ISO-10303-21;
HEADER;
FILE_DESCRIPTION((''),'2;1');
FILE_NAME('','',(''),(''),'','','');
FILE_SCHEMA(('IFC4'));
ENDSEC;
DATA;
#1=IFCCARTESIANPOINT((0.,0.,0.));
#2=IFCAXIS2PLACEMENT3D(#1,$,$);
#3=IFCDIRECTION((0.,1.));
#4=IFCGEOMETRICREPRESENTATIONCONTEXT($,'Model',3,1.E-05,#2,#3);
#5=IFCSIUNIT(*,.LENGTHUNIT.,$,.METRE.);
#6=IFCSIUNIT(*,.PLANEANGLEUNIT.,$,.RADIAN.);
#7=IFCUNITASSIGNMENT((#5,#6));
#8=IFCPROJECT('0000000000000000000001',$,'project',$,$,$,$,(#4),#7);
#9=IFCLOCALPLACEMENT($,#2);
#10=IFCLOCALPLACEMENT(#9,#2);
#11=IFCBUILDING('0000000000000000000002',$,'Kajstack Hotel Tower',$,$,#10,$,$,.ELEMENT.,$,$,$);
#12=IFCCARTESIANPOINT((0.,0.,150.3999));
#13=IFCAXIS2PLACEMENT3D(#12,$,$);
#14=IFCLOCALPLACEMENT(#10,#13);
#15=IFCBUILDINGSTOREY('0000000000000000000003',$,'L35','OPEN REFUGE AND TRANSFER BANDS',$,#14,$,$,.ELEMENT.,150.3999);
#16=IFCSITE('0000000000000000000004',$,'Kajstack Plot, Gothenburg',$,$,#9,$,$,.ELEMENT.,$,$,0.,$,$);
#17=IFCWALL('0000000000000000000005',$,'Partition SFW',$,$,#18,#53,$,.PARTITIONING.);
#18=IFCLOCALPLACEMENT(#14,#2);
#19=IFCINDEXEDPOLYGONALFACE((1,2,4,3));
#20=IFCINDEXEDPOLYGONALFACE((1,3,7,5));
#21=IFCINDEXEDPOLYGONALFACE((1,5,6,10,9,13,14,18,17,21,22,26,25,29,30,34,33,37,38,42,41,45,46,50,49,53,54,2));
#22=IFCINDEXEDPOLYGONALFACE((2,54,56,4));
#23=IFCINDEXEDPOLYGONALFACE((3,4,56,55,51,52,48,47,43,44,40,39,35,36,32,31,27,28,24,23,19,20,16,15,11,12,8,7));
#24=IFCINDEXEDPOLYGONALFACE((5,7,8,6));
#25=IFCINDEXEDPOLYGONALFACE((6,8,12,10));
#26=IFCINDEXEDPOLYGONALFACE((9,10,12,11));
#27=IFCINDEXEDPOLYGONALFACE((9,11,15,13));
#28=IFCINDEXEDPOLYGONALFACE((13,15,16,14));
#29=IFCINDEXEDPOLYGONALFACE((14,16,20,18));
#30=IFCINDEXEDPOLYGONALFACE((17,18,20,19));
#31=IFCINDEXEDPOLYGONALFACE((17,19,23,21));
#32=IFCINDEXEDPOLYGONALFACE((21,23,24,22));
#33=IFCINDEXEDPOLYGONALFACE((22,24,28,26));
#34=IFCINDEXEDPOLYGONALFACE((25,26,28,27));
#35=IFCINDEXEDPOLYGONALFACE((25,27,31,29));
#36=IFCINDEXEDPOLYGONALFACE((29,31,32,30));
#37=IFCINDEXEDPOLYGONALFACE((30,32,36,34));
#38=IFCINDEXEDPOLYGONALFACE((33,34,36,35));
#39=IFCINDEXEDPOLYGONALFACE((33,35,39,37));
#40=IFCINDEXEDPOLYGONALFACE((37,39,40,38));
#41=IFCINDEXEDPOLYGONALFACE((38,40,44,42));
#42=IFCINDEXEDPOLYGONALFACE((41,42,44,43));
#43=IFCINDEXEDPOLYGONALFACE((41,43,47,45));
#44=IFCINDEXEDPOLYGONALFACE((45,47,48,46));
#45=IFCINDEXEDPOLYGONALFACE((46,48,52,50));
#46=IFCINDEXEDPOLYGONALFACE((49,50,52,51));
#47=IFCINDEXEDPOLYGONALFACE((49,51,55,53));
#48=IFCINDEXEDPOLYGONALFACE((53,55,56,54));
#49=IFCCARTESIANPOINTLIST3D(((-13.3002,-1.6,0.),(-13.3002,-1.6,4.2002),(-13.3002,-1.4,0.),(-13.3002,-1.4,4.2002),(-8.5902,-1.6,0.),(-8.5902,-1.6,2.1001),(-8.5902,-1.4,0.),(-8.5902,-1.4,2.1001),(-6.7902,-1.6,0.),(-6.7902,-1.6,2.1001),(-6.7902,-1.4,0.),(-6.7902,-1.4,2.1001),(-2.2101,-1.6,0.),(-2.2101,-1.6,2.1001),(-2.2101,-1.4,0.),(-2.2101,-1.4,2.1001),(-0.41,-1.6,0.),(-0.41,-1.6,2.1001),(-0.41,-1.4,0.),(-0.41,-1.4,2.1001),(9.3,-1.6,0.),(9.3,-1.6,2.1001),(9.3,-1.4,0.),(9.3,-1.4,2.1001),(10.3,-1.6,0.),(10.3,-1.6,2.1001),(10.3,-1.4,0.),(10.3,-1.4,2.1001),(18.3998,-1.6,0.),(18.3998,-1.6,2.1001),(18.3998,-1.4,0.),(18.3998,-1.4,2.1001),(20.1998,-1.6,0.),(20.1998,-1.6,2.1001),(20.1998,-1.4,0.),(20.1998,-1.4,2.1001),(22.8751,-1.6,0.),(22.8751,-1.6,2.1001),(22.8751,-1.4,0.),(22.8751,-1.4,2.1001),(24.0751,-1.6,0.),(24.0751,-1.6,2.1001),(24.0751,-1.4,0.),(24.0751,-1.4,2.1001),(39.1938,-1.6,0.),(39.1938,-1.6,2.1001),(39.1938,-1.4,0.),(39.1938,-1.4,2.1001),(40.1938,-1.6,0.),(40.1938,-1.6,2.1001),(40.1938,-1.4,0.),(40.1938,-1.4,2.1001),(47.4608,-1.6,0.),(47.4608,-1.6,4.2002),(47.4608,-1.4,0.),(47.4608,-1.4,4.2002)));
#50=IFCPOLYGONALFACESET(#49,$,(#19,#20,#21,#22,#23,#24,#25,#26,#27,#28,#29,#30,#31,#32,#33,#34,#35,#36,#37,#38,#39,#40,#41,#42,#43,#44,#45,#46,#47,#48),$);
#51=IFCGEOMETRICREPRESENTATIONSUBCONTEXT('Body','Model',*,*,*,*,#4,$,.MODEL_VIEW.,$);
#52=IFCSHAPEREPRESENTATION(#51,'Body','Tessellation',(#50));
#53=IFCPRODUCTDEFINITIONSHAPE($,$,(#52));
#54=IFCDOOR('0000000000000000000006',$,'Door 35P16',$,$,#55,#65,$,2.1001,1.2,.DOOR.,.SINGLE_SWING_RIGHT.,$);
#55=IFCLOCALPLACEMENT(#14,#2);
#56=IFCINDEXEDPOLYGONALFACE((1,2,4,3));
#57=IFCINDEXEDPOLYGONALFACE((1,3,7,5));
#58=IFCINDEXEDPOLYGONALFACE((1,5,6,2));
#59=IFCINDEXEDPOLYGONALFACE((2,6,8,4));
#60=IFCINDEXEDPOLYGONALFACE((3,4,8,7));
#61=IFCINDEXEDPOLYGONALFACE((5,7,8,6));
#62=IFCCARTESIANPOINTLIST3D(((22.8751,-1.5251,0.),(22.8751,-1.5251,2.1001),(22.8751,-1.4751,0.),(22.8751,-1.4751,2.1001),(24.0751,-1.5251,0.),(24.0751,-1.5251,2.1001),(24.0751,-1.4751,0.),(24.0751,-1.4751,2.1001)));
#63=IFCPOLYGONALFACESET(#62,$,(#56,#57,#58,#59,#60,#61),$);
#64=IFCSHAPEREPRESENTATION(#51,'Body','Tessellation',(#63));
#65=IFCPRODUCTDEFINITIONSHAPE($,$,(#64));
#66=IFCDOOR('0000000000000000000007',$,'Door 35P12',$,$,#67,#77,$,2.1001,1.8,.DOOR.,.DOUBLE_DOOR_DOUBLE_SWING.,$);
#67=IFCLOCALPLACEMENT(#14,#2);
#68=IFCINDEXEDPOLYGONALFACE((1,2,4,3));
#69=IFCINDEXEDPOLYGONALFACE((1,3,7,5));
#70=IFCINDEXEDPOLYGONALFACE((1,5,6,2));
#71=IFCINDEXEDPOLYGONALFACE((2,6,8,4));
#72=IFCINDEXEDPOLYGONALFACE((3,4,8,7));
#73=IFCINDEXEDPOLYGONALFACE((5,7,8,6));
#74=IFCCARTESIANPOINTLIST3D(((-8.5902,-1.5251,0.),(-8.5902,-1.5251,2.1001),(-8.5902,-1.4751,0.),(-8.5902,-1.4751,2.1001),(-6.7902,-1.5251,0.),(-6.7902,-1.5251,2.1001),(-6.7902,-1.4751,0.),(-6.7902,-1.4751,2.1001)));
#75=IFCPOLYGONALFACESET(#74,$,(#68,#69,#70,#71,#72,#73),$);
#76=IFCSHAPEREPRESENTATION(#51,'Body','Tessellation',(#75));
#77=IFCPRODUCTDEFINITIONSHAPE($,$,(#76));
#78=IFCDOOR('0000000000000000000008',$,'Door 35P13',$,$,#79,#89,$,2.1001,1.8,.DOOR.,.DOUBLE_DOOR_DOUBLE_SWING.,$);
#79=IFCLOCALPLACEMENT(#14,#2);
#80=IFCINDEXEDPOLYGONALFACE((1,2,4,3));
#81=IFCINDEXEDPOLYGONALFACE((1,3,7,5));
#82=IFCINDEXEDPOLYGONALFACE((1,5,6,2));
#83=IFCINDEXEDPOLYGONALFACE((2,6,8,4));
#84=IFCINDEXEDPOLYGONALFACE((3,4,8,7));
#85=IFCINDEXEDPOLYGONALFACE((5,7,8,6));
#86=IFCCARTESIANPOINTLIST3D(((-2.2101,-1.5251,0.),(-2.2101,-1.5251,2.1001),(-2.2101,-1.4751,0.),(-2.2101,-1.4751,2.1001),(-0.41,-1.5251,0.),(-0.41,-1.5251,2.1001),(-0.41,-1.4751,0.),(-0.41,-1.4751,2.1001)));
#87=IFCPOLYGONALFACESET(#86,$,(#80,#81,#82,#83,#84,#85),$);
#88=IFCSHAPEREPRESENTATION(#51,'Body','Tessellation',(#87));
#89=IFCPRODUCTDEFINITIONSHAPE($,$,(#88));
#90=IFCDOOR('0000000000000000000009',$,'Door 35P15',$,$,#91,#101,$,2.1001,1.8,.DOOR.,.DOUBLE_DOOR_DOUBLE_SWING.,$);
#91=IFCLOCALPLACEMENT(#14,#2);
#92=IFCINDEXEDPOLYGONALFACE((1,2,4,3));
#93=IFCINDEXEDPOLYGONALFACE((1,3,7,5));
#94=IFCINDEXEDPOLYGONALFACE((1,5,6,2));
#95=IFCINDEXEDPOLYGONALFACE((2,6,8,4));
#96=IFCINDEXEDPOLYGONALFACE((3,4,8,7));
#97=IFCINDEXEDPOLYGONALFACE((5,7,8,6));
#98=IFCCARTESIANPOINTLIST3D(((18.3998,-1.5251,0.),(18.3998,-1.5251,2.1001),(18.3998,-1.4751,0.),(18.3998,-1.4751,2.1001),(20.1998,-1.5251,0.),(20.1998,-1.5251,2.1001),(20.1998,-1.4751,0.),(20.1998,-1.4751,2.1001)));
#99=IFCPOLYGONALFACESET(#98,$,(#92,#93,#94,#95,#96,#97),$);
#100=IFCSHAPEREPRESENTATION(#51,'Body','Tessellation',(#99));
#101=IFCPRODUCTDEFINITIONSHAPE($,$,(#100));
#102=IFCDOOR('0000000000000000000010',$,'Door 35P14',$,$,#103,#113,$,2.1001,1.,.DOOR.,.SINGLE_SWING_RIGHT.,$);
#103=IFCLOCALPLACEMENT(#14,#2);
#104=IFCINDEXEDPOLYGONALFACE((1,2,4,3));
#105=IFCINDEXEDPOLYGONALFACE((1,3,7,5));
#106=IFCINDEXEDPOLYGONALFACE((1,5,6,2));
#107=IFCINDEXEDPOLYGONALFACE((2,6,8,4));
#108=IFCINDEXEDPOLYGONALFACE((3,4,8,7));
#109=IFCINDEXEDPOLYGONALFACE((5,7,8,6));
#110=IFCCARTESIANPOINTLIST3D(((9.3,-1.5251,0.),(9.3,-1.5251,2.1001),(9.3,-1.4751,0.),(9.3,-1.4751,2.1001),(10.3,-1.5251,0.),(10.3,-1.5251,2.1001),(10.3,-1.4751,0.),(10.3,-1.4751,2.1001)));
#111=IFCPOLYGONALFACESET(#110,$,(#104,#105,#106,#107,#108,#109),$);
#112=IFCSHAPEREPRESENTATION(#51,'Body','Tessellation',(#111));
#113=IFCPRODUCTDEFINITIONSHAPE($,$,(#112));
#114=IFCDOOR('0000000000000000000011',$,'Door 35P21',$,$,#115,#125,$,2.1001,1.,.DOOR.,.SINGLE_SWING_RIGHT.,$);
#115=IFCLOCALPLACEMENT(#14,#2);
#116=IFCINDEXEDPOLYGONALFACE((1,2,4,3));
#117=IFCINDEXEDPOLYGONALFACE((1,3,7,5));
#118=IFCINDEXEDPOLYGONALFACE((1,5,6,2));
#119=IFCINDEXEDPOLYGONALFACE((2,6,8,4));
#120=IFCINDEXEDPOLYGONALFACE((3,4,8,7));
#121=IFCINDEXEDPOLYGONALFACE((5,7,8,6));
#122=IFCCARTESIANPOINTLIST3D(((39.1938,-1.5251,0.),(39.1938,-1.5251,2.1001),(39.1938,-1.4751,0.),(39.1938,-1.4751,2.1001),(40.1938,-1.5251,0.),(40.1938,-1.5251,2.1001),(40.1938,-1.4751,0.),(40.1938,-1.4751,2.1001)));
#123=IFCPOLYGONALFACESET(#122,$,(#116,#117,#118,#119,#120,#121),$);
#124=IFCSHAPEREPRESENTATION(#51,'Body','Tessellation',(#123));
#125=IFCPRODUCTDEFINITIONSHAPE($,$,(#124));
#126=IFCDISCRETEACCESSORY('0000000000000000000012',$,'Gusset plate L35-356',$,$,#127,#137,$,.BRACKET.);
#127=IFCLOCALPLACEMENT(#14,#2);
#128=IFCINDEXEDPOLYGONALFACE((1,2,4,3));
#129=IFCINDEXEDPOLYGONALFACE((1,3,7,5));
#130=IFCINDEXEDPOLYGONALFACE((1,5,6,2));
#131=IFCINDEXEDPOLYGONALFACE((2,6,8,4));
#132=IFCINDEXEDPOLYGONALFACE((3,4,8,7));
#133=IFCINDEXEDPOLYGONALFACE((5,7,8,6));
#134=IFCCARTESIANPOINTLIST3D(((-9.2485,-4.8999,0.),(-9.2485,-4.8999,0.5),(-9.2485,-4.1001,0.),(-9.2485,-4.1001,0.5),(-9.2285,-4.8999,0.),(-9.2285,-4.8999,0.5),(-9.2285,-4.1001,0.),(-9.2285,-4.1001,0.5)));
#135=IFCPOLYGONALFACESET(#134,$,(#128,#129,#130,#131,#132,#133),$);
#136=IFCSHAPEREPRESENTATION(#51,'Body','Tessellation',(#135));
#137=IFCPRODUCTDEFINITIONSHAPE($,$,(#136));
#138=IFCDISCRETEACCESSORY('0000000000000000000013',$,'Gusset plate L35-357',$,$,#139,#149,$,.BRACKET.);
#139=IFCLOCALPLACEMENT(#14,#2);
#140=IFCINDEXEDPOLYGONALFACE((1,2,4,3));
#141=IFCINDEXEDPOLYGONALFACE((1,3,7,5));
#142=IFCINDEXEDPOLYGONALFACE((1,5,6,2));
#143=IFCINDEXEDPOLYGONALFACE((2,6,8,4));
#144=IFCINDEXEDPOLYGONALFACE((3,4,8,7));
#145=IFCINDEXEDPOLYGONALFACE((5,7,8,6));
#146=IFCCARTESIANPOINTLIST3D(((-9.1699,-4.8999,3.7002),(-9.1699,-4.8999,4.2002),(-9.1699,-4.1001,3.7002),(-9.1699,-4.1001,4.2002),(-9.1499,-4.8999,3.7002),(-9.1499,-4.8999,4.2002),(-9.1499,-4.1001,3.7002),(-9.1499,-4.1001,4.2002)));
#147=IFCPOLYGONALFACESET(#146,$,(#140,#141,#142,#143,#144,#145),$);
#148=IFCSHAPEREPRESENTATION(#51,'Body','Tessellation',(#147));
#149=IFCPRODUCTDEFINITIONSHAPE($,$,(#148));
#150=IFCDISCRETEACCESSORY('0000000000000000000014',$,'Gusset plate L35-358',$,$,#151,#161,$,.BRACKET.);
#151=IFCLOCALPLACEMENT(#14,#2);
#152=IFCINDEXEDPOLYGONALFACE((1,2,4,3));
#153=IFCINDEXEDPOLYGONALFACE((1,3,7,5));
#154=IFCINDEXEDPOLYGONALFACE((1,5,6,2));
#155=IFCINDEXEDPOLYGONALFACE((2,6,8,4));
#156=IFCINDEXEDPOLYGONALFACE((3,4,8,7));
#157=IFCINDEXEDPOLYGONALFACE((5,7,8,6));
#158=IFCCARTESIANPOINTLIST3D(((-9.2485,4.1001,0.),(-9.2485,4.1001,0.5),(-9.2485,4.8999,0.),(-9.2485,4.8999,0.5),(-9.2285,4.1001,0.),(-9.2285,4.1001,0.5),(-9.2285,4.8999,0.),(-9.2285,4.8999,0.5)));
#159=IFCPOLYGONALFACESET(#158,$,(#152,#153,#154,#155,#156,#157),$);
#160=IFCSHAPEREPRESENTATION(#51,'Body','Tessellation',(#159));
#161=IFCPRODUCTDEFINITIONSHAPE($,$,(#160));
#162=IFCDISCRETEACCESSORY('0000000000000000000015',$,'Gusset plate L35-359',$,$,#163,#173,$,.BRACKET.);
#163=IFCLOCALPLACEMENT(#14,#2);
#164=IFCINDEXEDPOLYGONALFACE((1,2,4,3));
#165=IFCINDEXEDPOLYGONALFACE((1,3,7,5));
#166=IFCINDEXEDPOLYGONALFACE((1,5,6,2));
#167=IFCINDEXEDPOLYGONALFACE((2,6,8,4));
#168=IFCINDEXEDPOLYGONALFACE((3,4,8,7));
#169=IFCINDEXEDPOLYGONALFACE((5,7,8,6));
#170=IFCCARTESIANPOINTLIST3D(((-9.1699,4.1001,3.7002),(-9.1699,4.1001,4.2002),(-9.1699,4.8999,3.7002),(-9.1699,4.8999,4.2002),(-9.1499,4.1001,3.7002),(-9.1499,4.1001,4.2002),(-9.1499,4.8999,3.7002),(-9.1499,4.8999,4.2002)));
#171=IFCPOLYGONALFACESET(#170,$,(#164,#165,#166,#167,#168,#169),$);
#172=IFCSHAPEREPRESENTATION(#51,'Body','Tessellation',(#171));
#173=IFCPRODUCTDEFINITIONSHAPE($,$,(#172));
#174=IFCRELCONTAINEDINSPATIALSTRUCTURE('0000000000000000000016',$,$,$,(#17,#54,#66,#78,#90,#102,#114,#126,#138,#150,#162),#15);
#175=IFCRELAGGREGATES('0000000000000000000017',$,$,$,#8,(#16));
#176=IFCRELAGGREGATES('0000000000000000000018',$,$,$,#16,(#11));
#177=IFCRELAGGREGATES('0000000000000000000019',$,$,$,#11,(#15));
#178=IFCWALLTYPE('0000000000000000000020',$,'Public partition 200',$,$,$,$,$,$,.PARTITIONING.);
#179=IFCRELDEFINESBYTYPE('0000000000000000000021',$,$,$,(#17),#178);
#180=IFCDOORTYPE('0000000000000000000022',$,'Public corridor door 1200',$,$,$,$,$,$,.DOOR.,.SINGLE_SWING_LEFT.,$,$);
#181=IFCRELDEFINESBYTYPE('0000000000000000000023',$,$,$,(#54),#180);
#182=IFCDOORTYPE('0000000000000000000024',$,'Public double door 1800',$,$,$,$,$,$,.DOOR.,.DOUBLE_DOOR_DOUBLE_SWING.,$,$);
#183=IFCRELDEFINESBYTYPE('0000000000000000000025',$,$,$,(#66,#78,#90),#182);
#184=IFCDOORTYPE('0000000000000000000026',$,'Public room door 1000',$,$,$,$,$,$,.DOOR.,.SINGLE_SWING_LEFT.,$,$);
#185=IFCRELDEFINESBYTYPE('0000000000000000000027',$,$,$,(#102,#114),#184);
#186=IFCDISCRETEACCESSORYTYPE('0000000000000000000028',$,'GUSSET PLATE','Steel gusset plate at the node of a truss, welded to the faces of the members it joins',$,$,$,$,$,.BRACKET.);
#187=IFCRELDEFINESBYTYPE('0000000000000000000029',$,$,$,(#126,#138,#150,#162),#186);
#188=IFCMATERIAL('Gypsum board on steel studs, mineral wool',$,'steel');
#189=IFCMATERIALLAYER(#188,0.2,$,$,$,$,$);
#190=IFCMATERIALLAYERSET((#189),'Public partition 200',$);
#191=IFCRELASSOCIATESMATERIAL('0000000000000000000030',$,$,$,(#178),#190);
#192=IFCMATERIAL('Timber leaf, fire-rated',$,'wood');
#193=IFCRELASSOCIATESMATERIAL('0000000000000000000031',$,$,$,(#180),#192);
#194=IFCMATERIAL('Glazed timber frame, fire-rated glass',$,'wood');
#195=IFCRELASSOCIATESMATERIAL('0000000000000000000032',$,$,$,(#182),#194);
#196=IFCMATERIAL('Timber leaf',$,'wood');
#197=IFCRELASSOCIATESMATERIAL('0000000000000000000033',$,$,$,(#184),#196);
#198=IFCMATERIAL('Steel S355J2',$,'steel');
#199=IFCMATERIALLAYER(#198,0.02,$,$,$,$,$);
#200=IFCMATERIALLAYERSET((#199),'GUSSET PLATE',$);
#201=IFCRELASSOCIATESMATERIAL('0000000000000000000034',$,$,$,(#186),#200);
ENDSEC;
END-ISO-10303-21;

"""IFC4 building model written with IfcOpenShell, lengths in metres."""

from ifc_helpers import new_model, si_unit, direction, frame, frame_2d, origin, place, context, subcontext, project, spatial, polyline, rectangle, outline, extrude, material, layer, layer_set, type_object, element, fill, save


model = new_model("IFC4")

# Units and contexts
model_context = context("Model", 3, precision=1e-05, world=origin(), true_north=direction((0.0, 1.0)))
body_context = subcontext(model_context, "Body", "Model", "MODEL_VIEW")
ifc_project = project(units=[si_unit("LENGTHUNIT", "METRE"), si_unit("PLANEANGLEUNIT", "RADIAN")], contexts=[model_context])

# Site, building, storey
site_placement = place(None, origin())
site = spatial("IfcSite", under=ifc_project, at=site_placement, Name="Kajstack Plot, Gothenburg", CompositionType="ELEMENT", RefElevation=0.0)
building_placement = place(site_placement, origin())
building = spatial("IfcBuilding", under=site, at=building_placement, Name="Kajstack Hotel Tower", CompositionType="ELEMENT")
storey_placement = place(building_placement, frame((0.0, 0.0, 150.3999)))
storey = spatial("IfcBuildingStorey", under=building, at=storey_placement, Name="L35", Description="OPEN REFUGE AND TRANSFER BANDS", CompositionType="ELEMENT", Elevation=150.3999)

# Shared definitions
ifc_material_1 = material(Name="Steel S355J2", Category="steel")

# Shared definitions
ifc_material_2 = material(Name="Gypsum board on steel studs, mineral wool", Category="steel")
ifc_layer_1 = layer(ifc_material_2, 0.2)
ifc_layer_set_1 = layer_set([ifc_layer_1], Name="Public partition 200")
wall_type = type_object("IfcWallType", Name="Public partition 200", PredefinedType="PARTITIONING", material=ifc_layer_set_1)

# Wall, openings, doors
ifc_material_3 = material(Name="Timber leaf", Category="wood")
wall_1_placement = place(storey_placement, frame((-13.3, -1.5, 0.0), z_axis=(0.0, 0.0, 1.0), x_axis=(1.0, 0.0, 0.0)))
wall_1 = element("IfcWall", 1, at=wall_1_placement, inside=storey, type_object=wall_type, Name="Partition SFW", PredefinedType="PARTITIONING", context=body_context, shape_type="SweptSolid", body=[
    extrude(rectangle(XDim=60.761, YDim=0.2, at=frame_2d((30.3804, 0.0))), origin(), (0.0, 0.0, 1.0), 4.2002),
])
opening_1_placement = place(wall_1_placement, frame((4.71, 0.0, 0.0)))
opening_1 = element("IfcOpeningElement", 2, at=opening_1_placement, cuts=wall_1, PredefinedType="OPENING", context=body_context, shape_type="SweptSolid", body=[
    extrude(rectangle(XDim=1.8, YDim=2.1001, at=frame_2d((0.8999, 1.05))), frame((0.0, 0.1099, 0.0), z_axis=(0.0, -1.0, 0.0), x_axis=(1.0, 0.0, 0.0)), (0.0, 0.0, 1.0), 0.22),
])
opening_2_placement = place(wall_1_placement, frame((11.0901, 0.0, 0.0)))
opening_2 = element("IfcOpeningElement", 3, at=opening_2_placement, cuts=wall_1, PredefinedType="OPENING", context=body_context, shape_type="SweptSolid", body=[
    extrude(rectangle(XDim=1.8, YDim=2.1001, at=frame_2d((0.8999, 1.05))), frame((0.0, 0.1099, 0.0), z_axis=(0.0, -1.0, 0.0), x_axis=(1.0, 0.0, 0.0)), (0.0, 0.0, 1.0), 0.22),
])
opening_3_placement = place(wall_1_placement, frame((22.6001, 0.0, 0.0)))
opening_3 = element("IfcOpeningElement", 4, at=opening_3_placement, cuts=wall_1, PredefinedType="OPENING", context=body_context, shape_type="SweptSolid", body=[
    extrude(rectangle(XDim=1.0, YDim=2.1001, at=frame_2d((0.5, 1.05))), frame((0.0, 0.1099, 0.0), z_axis=(0.0, -1.0, 0.0), x_axis=(1.0, 0.0, 0.0)), (0.0, 0.0, 1.0), 0.22),
])
opening_4_placement = place(wall_1_placement, frame((31.7, 0.0, 0.0)))
opening_4 = element("IfcOpeningElement", 5, at=opening_4_placement, cuts=wall_1, PredefinedType="OPENING", context=body_context, shape_type="SweptSolid", body=[
    extrude(rectangle(XDim=1.8, YDim=2.1001, at=frame_2d((0.8999, 1.05))), frame((0.0, 0.1099, 0.0), z_axis=(0.0, -1.0, 0.0), x_axis=(1.0, 0.0, 0.0)), (0.0, 0.0, 1.0), 0.22),
])
opening_5_placement = place(wall_1_placement, frame((36.175, 0.0, 0.0)))
opening_5 = element("IfcOpeningElement", 6, at=opening_5_placement, cuts=wall_1, PredefinedType="OPENING", context=body_context, shape_type="SweptSolid", body=[
    extrude(rectangle(XDim=1.2, YDim=2.1001, at=frame_2d((0.6001, 1.05))), frame((0.0, 0.1099, 0.0), z_axis=(0.0, -1.0, 0.0), x_axis=(1.0, 0.0, 0.0)), (0.0, 0.0, 1.0), 0.22),
])
opening_6_placement = place(wall_1_placement, frame((52.4939, 0.0, 0.0)))
opening_6 = element("IfcOpeningElement", 7, at=opening_6_placement, cuts=wall_1, PredefinedType="OPENING", context=body_context, shape_type="SweptSolid", body=[
    extrude(rectangle(XDim=1.0, YDim=2.1001, at=frame_2d((0.5, 1.05))), frame((0.0, 0.1099, 0.0), z_axis=(0.0, -1.0, 0.0), x_axis=(1.0, 0.0, 0.0)), (0.0, 0.0, 1.0), 0.22),
])
ifc_material_4 = material(Name="Timber leaf, fire-rated", Category="wood")
door_type_1 = type_object("IfcDoorType", Name="Public corridor door 1200", OperationType="SINGLE_SWING_LEFT", PredefinedType="DOOR", material=ifc_material_4)
door_1_placement = place(opening_5_placement, origin())
door_1 = element("IfcDoor", 8, at=door_1_placement, inside=storey, type_object=door_type_1, Name="Door 35P16", OperationType="SINGLE_SWING_RIGHT", OverallHeight=2.1001, OverallWidth=1.2, PredefinedType="DOOR", context=body_context, shape_type="SweptSolid", body=[
    extrude(rectangle(XDim=1.2, YDim=2.1001, at=frame_2d((0.6001, 1.05))), frame((0.0, 0.0249, 0.0), z_axis=(0.0, -1.0, 0.0), x_axis=(1.0, 0.0, 0.0)), (0.0, 0.0, 1.0), 0.05),
])
fill(opening_5, door_1)
ifc_material_5 = material(Name="Glazed timber frame, fire-rated glass", Category="wood")
door_type_2 = type_object("IfcDoorType", Name="Public double door 1800", OperationType="DOUBLE_DOOR_DOUBLE_SWING", PredefinedType="DOOR", material=ifc_material_5)
door_2_placement = place(opening_1_placement, origin())
door_2 = element("IfcDoor", 9, at=door_2_placement, inside=storey, type_object=door_type_2, Name="Door 35P12", OperationType="DOUBLE_DOOR_DOUBLE_SWING", OverallHeight=2.1001, OverallWidth=1.8, PredefinedType="DOOR", context=body_context, shape_type="SweptSolid", body=[
    extrude(rectangle(XDim=1.8, YDim=2.1001, at=frame_2d((0.8999, 1.05))), frame((0.0, 0.0249, 0.0), z_axis=(0.0, -1.0, 0.0), x_axis=(1.0, 0.0, 0.0)), (0.0, 0.0, 1.0), 0.05),
])
fill(opening_1, door_2)
door_3_placement = place(opening_2_placement, origin())
door_3 = element("IfcDoor", 10, at=door_3_placement, inside=storey, type_object=door_type_2, Name="Door 35P13", OperationType="DOUBLE_DOOR_DOUBLE_SWING", OverallHeight=2.1001, OverallWidth=1.8, PredefinedType="DOOR", context=body_context, shape_type="SweptSolid", body=[
    extrude(rectangle(XDim=1.8, YDim=2.1001, at=frame_2d((0.8999, 1.05))), frame((0.0, 0.0249, 0.0), z_axis=(0.0, -1.0, 0.0), x_axis=(1.0, 0.0, 0.0)), (0.0, 0.0, 1.0), 0.05),
])
fill(opening_2, door_3)
door_4_placement = place(opening_4_placement, origin())
door_4 = element("IfcDoor", 11, at=door_4_placement, inside=storey, type_object=door_type_2, Name="Door 35P15", OperationType="DOUBLE_DOOR_DOUBLE_SWING", OverallHeight=2.1001, OverallWidth=1.8, PredefinedType="DOOR", context=body_context, shape_type="SweptSolid", body=[
    extrude(rectangle(XDim=1.8, YDim=2.1001, at=frame_2d((0.8999, 1.05))), frame((0.0, 0.0249, 0.0), z_axis=(0.0, -1.0, 0.0), x_axis=(1.0, 0.0, 0.0)), (0.0, 0.0, 1.0), 0.05),
])
fill(opening_4, door_4)
door_type_3 = type_object("IfcDoorType", Name="Public room door 1000", OperationType="SINGLE_SWING_LEFT", PredefinedType="DOOR", material=ifc_material_3)
door_5_placement = place(opening_3_placement, origin())
door_5 = element("IfcDoor", 12, at=door_5_placement, inside=storey, type_object=door_type_3, Name="Door 35P14", OperationType="SINGLE_SWING_RIGHT", OverallHeight=2.1001, OverallWidth=1.0, PredefinedType="DOOR", context=body_context, shape_type="SweptSolid", body=[
    extrude(rectangle(XDim=1.0, YDim=2.1001, at=frame_2d((0.5, 1.05))), frame((0.0, 0.0249, 0.0), z_axis=(0.0, -1.0, 0.0), x_axis=(1.0, 0.0, 0.0)), (0.0, 0.0, 1.0), 0.05),
])
fill(opening_3, door_5)
door_6_placement = place(opening_6_placement, origin())
door_6 = element("IfcDoor", 13, at=door_6_placement, inside=storey, type_object=door_type_3, Name="Door 35P21", OperationType="SINGLE_SWING_RIGHT", OverallHeight=2.1001, OverallWidth=1.0, PredefinedType="DOOR", context=body_context, shape_type="SweptSolid", body=[
    extrude(rectangle(XDim=1.0, YDim=2.1001, at=frame_2d((0.5, 1.05))), frame((0.0, 0.0249, 0.0), z_axis=(0.0, -1.0, 0.0), x_axis=(1.0, 0.0, 0.0)), (0.0, 0.0, 1.0), 0.05),
])
fill(opening_6, door_6)

# Discrete accessories
ifc_layer_2 = layer(ifc_material_1, 0.02)
ifc_layer_set_2 = layer_set([ifc_layer_2], Name="GUSSET PLATE")
discrete_accessory_type = type_object("IfcDiscreteAccessoryType", Name="GUSSET PLATE", Description="Steel gusset plate at the node of a truss, welded to the faces of the members it joins", PredefinedType="BRACKET", material=ifc_layer_set_2)
for number, where, z_axis, x_axis, name in (
    (14, (-9.2485, -4.5, 0.0), (1.0, 0.0, 0.0), (0.0, 1.0, 0.0), "Gusset plate L35-356"),
    (15, (-9.1699, -4.5, 3.7002), (1.0, 0.0, 0.0), (0.0, 1.0, 0.0), "Gusset plate L35-357"),
    (16, (-9.2485, 4.5, 0.0), (1.0, 0.0, 0.0), (0.0, 1.0, 0.0), "Gusset plate L35-358"),
    (17, (-9.1699, 4.5, 3.7002), (1.0, 0.0, 0.0), (0.0, 1.0, 0.0), "Gusset plate L35-359"),
):
    element("IfcDiscreteAccessory", number, at=place(storey_placement, frame(where, z_axis=z_axis, x_axis=x_axis)), inside=storey, type_object=discrete_accessory_type, Name=name, PredefinedType="BRACKET", context=body_context, shape_type="SweptSolid", body=[
        extrude(outline(polyline([(-0.3999, 0.0), (0.3999, 0.0), (0.3999, 0.5), (-0.3999, 0.5), (-0.3999, 0.0)])), origin(), (0.0, 0.0, 1.0), 0.02),
    ])

save(model, "model.ifc")
